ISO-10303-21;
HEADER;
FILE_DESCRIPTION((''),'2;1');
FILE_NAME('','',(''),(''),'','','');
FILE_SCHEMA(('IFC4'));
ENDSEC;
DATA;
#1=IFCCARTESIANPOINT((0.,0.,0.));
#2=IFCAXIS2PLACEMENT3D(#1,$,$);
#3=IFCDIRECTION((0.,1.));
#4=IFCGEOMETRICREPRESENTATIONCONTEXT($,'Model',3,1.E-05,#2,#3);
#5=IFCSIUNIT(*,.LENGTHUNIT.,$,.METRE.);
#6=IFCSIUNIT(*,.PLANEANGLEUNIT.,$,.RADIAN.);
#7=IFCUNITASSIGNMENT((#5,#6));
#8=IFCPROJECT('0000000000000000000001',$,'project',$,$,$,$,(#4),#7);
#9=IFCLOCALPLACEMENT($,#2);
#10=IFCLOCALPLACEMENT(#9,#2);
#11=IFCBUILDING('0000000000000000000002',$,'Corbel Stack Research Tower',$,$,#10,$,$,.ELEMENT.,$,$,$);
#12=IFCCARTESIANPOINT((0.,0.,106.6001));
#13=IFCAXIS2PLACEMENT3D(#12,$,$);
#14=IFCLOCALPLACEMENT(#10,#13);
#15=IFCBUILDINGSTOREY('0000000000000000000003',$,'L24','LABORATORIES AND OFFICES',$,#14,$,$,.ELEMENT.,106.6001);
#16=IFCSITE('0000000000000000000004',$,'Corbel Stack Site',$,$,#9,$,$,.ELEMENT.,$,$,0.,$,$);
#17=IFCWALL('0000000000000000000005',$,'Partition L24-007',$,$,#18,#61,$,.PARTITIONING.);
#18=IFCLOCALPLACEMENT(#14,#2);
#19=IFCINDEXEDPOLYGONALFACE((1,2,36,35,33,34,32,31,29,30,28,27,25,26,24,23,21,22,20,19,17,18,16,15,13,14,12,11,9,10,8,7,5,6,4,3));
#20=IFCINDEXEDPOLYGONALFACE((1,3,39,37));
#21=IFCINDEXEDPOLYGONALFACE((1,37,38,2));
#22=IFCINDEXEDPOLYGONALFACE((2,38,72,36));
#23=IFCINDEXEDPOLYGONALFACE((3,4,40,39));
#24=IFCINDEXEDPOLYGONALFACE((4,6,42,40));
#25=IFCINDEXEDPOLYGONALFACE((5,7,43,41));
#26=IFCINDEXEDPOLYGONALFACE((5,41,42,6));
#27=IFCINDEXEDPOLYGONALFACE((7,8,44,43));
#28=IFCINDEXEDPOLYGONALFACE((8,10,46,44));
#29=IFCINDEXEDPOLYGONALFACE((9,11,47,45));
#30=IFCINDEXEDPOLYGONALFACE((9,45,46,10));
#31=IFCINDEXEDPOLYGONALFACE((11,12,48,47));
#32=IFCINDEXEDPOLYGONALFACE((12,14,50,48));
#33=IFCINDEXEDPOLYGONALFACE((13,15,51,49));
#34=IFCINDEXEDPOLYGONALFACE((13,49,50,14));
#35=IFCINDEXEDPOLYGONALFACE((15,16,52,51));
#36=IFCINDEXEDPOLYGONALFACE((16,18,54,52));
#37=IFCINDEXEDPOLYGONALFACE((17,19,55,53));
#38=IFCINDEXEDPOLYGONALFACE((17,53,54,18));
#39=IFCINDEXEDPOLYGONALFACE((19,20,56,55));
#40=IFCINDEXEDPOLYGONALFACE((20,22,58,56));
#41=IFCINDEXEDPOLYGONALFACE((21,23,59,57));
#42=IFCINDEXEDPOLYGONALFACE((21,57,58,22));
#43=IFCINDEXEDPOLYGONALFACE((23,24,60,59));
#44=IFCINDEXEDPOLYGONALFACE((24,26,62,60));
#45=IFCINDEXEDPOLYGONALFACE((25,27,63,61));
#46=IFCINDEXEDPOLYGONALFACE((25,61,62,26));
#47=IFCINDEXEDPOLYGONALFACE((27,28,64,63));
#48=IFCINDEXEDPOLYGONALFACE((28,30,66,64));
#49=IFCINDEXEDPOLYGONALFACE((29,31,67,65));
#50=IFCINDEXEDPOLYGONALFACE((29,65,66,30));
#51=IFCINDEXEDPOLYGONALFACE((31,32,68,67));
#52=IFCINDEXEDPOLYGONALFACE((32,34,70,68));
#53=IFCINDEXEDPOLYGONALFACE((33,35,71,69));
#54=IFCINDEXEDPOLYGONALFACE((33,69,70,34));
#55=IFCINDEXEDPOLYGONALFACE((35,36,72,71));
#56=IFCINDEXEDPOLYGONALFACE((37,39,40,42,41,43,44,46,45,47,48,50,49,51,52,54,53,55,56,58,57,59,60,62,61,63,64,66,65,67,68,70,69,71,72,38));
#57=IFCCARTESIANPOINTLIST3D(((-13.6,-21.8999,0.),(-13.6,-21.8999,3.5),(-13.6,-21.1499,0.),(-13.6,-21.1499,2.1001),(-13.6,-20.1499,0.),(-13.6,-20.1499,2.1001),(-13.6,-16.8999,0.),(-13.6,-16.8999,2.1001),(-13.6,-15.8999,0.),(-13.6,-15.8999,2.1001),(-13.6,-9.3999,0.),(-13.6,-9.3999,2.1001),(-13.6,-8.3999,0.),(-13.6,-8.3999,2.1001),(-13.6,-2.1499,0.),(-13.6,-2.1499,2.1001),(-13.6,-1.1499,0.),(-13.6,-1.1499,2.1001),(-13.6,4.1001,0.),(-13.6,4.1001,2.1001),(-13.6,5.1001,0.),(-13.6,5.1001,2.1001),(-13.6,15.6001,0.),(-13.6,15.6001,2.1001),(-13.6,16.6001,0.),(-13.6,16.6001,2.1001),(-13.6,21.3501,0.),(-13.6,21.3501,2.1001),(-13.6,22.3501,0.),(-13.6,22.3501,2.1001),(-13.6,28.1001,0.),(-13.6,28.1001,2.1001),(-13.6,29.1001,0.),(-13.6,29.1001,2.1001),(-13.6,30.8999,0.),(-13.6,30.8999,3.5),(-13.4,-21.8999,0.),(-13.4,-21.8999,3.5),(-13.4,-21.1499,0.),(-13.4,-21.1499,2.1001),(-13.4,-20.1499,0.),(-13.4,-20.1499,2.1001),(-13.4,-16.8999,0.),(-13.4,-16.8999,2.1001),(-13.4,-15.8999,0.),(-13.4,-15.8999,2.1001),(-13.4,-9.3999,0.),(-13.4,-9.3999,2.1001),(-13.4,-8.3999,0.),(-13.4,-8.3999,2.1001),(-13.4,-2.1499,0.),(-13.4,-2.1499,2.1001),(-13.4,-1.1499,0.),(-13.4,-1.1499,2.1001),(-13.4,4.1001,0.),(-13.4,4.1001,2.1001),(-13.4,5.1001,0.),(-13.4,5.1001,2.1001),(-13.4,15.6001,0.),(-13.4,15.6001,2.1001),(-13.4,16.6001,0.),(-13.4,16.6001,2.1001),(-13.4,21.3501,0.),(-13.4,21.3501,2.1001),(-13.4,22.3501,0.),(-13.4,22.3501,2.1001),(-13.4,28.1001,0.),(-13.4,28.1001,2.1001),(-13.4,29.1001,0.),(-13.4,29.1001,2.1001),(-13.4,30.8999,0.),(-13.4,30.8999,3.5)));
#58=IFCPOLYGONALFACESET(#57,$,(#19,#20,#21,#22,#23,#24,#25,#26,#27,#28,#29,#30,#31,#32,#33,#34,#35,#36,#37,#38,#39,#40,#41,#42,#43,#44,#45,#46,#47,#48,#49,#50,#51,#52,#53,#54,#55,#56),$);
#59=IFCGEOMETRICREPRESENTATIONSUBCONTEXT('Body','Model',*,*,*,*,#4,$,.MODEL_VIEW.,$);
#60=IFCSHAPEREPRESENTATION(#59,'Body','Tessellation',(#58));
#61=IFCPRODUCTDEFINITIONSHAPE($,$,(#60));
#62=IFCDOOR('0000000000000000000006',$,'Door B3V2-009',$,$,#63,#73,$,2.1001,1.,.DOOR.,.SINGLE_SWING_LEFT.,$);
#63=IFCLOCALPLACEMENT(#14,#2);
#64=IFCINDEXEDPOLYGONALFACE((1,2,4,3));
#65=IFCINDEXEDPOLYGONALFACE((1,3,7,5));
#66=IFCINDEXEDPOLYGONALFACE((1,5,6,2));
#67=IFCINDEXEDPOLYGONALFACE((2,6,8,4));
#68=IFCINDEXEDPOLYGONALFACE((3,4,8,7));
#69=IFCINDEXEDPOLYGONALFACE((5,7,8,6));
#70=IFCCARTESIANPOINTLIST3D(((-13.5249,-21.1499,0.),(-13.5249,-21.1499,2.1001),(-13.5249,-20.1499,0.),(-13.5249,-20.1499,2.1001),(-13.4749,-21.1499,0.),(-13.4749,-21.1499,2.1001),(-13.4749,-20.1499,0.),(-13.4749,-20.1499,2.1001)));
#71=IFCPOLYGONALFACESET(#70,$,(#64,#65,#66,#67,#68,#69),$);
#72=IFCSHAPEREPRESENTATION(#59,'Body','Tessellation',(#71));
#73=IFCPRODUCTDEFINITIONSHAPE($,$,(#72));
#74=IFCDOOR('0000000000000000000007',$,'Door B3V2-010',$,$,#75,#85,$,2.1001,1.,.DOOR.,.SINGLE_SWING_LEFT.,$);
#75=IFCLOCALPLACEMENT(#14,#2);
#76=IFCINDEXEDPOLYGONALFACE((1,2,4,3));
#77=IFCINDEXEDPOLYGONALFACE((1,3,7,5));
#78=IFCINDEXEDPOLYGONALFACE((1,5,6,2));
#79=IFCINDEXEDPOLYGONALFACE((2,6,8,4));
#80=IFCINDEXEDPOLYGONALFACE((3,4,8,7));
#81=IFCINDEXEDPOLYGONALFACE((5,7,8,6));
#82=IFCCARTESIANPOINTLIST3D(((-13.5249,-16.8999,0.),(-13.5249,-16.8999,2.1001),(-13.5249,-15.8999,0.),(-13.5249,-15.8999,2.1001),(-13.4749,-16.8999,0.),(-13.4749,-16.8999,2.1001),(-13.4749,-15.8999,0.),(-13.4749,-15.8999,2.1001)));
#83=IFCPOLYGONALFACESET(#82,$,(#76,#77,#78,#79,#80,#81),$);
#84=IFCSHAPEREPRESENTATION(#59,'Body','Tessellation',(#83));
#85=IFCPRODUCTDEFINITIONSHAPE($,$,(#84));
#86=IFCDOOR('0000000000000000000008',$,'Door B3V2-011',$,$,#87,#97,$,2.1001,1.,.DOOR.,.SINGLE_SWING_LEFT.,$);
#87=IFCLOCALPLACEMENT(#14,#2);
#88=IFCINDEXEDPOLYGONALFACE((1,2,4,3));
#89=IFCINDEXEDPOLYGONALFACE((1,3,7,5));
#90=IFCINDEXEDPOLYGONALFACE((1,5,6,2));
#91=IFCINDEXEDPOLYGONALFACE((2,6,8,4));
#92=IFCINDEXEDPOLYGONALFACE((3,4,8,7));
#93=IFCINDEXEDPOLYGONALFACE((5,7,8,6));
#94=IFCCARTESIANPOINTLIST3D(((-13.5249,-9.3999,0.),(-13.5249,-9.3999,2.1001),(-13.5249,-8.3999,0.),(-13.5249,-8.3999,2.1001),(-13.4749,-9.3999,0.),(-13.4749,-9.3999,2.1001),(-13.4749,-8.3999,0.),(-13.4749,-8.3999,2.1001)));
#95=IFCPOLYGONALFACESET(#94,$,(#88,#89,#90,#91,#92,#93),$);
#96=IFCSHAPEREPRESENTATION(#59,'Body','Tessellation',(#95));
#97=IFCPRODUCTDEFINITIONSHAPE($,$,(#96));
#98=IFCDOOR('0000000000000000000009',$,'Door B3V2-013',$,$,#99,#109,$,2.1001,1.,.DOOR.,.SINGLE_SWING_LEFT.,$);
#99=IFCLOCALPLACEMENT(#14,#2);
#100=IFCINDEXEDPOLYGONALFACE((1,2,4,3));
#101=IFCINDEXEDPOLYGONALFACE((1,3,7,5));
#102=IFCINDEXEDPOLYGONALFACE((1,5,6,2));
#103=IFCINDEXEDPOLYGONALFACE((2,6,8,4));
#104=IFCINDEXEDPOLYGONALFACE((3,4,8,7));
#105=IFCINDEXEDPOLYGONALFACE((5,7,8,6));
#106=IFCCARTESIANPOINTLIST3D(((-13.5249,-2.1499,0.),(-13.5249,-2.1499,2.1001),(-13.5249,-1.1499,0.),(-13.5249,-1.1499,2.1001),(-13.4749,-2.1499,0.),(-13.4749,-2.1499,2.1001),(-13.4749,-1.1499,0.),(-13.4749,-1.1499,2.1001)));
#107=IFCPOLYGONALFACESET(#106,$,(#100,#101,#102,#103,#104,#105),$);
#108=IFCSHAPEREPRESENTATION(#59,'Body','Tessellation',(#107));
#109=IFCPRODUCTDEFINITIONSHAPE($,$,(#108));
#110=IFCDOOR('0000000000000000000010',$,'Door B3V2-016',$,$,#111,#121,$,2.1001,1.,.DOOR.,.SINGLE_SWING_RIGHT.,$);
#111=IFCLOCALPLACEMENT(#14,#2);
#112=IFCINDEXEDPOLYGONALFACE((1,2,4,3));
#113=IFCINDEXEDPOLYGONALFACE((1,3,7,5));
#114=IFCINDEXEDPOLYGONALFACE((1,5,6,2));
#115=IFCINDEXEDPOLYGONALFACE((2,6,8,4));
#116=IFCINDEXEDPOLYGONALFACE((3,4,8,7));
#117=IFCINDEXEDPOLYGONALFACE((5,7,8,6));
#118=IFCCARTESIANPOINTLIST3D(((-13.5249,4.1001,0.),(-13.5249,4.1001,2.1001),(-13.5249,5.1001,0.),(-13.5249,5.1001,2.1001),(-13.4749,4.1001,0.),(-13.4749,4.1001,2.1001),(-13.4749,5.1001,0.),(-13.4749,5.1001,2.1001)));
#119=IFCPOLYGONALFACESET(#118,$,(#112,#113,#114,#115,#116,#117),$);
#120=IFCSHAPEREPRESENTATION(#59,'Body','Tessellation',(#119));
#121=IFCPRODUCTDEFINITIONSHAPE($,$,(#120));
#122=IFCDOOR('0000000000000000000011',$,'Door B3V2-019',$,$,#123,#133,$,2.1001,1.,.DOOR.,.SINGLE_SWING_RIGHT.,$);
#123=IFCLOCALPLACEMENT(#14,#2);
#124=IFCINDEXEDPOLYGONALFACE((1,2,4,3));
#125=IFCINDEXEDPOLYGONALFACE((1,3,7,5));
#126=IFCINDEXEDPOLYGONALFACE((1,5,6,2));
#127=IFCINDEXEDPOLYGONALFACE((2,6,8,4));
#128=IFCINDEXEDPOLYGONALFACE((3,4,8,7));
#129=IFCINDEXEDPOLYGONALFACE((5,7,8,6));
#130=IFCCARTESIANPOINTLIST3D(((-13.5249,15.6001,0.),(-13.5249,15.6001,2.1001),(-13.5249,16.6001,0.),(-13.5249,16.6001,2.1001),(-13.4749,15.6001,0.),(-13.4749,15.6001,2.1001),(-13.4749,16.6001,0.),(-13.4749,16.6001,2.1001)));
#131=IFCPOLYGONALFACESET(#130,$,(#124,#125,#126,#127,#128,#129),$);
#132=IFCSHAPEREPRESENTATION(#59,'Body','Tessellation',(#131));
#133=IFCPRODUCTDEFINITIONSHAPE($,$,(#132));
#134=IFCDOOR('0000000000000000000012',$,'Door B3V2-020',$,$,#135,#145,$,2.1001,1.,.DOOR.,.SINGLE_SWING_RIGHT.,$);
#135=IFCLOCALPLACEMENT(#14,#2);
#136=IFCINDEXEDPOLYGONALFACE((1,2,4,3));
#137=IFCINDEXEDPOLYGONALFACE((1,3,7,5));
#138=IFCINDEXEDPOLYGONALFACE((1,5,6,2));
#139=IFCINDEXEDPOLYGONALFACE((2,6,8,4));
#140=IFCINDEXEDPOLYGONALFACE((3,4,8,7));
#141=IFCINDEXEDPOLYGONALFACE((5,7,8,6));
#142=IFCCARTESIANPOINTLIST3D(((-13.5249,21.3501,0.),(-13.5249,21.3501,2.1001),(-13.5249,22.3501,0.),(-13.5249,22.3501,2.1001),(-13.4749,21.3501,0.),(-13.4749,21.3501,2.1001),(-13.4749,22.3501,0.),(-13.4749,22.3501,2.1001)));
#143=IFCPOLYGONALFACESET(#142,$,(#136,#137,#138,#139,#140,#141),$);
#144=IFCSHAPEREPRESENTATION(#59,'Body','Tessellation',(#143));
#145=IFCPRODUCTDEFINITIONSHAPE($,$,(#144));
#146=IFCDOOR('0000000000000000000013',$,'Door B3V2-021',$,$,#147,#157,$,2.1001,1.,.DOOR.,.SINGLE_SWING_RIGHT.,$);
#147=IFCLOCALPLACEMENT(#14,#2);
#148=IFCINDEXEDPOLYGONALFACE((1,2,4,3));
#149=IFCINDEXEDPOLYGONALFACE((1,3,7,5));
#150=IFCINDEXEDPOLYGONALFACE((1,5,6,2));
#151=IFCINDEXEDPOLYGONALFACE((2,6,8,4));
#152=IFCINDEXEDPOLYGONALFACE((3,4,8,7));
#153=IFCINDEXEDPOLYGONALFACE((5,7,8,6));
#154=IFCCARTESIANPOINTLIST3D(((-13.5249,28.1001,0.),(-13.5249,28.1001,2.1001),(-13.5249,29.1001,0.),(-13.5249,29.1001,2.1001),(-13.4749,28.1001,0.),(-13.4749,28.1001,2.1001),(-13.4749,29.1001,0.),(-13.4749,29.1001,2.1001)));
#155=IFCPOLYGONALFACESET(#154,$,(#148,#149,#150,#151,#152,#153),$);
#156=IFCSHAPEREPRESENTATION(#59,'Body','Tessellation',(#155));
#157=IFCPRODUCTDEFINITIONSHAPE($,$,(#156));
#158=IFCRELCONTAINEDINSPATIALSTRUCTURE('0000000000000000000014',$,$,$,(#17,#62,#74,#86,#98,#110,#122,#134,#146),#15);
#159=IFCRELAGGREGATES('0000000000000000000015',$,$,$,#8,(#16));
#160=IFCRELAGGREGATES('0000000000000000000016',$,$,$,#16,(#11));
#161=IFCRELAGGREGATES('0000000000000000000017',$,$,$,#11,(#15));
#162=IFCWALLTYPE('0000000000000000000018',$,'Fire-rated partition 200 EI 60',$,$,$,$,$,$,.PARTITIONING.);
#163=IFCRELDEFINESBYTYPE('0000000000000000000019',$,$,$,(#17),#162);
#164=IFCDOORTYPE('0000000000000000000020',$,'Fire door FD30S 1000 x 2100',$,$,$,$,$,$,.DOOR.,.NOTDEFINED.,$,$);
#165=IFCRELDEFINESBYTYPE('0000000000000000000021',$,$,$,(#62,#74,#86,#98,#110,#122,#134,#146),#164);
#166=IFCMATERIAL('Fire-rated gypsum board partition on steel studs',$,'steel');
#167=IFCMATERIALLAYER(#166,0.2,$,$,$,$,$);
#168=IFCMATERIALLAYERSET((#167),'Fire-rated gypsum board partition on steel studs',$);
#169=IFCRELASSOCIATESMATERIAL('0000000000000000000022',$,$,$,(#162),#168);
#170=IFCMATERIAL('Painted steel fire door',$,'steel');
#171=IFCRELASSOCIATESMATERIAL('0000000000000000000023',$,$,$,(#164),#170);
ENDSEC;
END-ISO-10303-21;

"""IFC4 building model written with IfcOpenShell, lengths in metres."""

from ifc_helpers import new_model, si_unit, direction, frame, frame_2d, origin, place, context, subcontext, project, spatial, rectangle, extrude, material, layer, layer_set, type_object, element, fill, save


model = new_model("IFC4")

# Units and contexts
model_context = context("Model", 3, precision=1e-05, world=origin(), true_north=direction((0.0, 1.0)))
body_context = subcontext(model_context, "Body", "Model", "MODEL_VIEW")
ifc_project = project(units=[si_unit("LENGTHUNIT", "METRE"), si_unit("PLANEANGLEUNIT", "RADIAN")], contexts=[model_context])

# Site, building, storey
site_placement = place(None, origin())
site = spatial("IfcSite", under=ifc_project, at=site_placement, Name="Corbel Stack Site", CompositionType="ELEMENT", RefElevation=0.0)
building_placement = place(site_placement, origin())
building = spatial("IfcBuilding", under=site, at=building_placement, Name="Corbel Stack Research Tower", CompositionType="ELEMENT")
storey_placement = place(building_placement, frame((0.0, 0.0, 106.6001)))
storey = spatial("IfcBuildingStorey", under=building, at=storey_placement, Name="L24", Description="LABORATORIES AND OFFICES", CompositionType="ELEMENT", Elevation=106.6001)

# Wall, openings, doors
ifc_material_1 = material(Name="Fire-rated gypsum board partition on steel studs", Category="steel")
ifc_layer_1 = layer(ifc_material_1, 0.2)
ifc_layer_set_1 = layer_set([ifc_layer_1], Name="Fire-rated gypsum board partition on steel studs")
wall_type_1 = type_object("IfcWallType", Name="Fire-rated partition 200 EI 60", PredefinedType="PARTITIONING", material=ifc_layer_set_1)
wall_1_placement = place(storey_placement, frame((-13.5, -21.8999, 0.0), z_axis=(0.0, 0.0, 1.0), x_axis=(0.0, 1.0, 0.0)))
wall_1 = element("IfcWall", 1, at=wall_1_placement, inside=storey, type_object=wall_type_1, Name="Partition L24-007", PredefinedType="PARTITIONING", context=body_context, shape_type="SweptSolid", body=[
    extrude(rectangle(XDim=52.7998, YDim=0.2, at=frame_2d((26.3999, 0.0))), origin(), (0.0, 0.0, 1.0), 3.5),
])
opening_1_placement = place(wall_1_placement, frame((0.75, 0.0, 0.0)))
opening_1 = element("IfcOpeningElement", 2, at=opening_1_placement, cuts=wall_1, PredefinedType="OPENING", context=body_context, shape_type="SweptSolid", body=[
    extrude(rectangle(XDim=1.0, YDim=2.1001, at=frame_2d((0.5, 1.05))), frame((0.0, 0.1099, 0.0), z_axis=(0.0, -1.0, 0.0), x_axis=(1.0, 0.0, 0.0)), (0.0, 0.0, 1.0), 0.22),
])
opening_2_placement = place(wall_1_placement, frame((5.0, 0.0, 0.0)))
opening_2 = element("IfcOpeningElement", 3, at=opening_2_placement, cuts=wall_1, PredefinedType="OPENING", context=body_context, shape_type="SweptSolid", body=[
    extrude(rectangle(XDim=1.0, YDim=2.1001, at=frame_2d((0.5, 1.05))), frame((0.0, 0.1099, 0.0), z_axis=(0.0, -1.0, 0.0), x_axis=(1.0, 0.0, 0.0)), (0.0, 0.0, 1.0), 0.22),
])
opening_3_placement = place(wall_1_placement, frame((12.5, 0.0, 0.0)))
opening_3 = element("IfcOpeningElement", 4, at=opening_3_placement, cuts=wall_1, PredefinedType="OPENING", context=body_context, shape_type="SweptSolid", body=[
    extrude(rectangle(XDim=1.0, YDim=2.1001, at=frame_2d((0.5, 1.05))), frame((0.0, 0.1099, 0.0), z_axis=(0.0, -1.0, 0.0), x_axis=(1.0, 0.0, 0.0)), (0.0, 0.0, 1.0), 0.22),
])
opening_4_placement = place(wall_1_placement, frame((19.75, 0.0, 0.0)))
opening_4 = element("IfcOpeningElement", 5, at=opening_4_placement, cuts=wall_1, PredefinedType="OPENING", context=body_context, shape_type="SweptSolid", body=[
    extrude(rectangle(XDim=1.0, YDim=2.1001, at=frame_2d((0.5, 1.05))), frame((0.0, 0.1099, 0.0), z_axis=(0.0, -1.0, 0.0), x_axis=(1.0, 0.0, 0.0)), (0.0, 0.0, 1.0), 0.22),
])
opening_5_placement = place(wall_1_placement, frame((26.0, 0.0, 0.0)))
opening_5 = element("IfcOpeningElement", 6, at=opening_5_placement, cuts=wall_1, PredefinedType="OPENING", context=body_context, shape_type="SweptSolid", body=[
    extrude(rectangle(XDim=1.0, YDim=2.1001, at=frame_2d((0.5, 1.05))), frame((0.0, 0.1099, 0.0), z_axis=(0.0, -1.0, 0.0), x_axis=(1.0, 0.0, 0.0)), (0.0, 0.0, 1.0), 0.22),
])
opening_6_placement = place(wall_1_placement, frame((37.5, 0.0, 0.0)))
opening_6 = element("IfcOpeningElement", 7, at=opening_6_placement, cuts=wall_1, PredefinedType="OPENING", context=body_context, shape_type="SweptSolid", body=[
    extrude(rectangle(XDim=1.0, YDim=2.1001, at=frame_2d((0.5, 1.05))), frame((0.0, 0.1099, 0.0), z_axis=(0.0, -1.0, 0.0), x_axis=(1.0, 0.0, 0.0)), (0.0, 0.0, 1.0), 0.22),
])
opening_7_placement = place(wall_1_placement, frame((43.25, 0.0, 0.0)))
opening_7 = element("IfcOpeningElement", 8, at=opening_7_placement, cuts=wall_1, PredefinedType="OPENING", context=body_context, shape_type="SweptSolid", body=[
    extrude(rectangle(XDim=1.0, YDim=2.1001, at=frame_2d((0.5, 1.05))), frame((0.0, 0.1099, 0.0), z_axis=(0.0, -1.0, 0.0), x_axis=(1.0, 0.0, 0.0)), (0.0, 0.0, 1.0), 0.22),
])
opening_8_placement = place(wall_1_placement, frame((50.0, 0.0, 0.0)))
opening_8 = element("IfcOpeningElement", 9, at=opening_8_placement, cuts=wall_1, PredefinedType="OPENING", context=body_context, shape_type="SweptSolid", body=[
    extrude(rectangle(XDim=1.0, YDim=2.1001, at=frame_2d((0.5, 1.05))), frame((0.0, 0.1099, 0.0), z_axis=(0.0, -1.0, 0.0), x_axis=(1.0, 0.0, 0.0)), (0.0, 0.0, 1.0), 0.22),
])
ifc_material_2 = material(Name="Painted steel fire door", Category="steel")
door_type_1 = type_object("IfcDoorType", Name="Fire door FD30S 1000 x 2100", OperationType="NOTDEFINED", PredefinedType="DOOR", material=ifc_material_2)
door_1_placement = place(opening_1_placement, origin())
door_1 = element("IfcDoor", 10, at=door_1_placement, inside=storey, type_object=door_type_1, Name="Door B3V2-009", OperationType="SINGLE_SWING_LEFT", OverallHeight=2.1001, OverallWidth=1.0, PredefinedType="DOOR", context=body_context, shape_type="SweptSolid", body=[
    extrude(rectangle(XDim=1.0, YDim=2.1001, at=frame_2d((0.5, 1.05))), frame((0.0, 0.0249, 0.0), z_axis=(0.0, -1.0, 0.0), x_axis=(1.0, 0.0, 0.0)), (0.0, 0.0, 1.0), 0.05),
])
fill(opening_1, door_1)
door_2_placement = place(opening_2_placement, origin())
door_2 = element("IfcDoor", 11, at=door_2_placement, inside=storey, type_object=door_type_1, Name="Door B3V2-010", OperationType="SINGLE_SWING_LEFT", OverallHeight=2.1001, OverallWidth=1.0, PredefinedType="DOOR", context=body_context, shape_type="SweptSolid", body=[
    extrude(rectangle(XDim=1.0, YDim=2.1001, at=frame_2d((0.5, 1.05))), frame((0.0, 0.0249, 0.0), z_axis=(0.0, -1.0, 0.0), x_axis=(1.0, 0.0, 0.0)), (0.0, 0.0, 1.0), 0.05),
])
fill(opening_2, door_2)
door_3_placement = place(opening_3_placement, origin())
door_3 = element("IfcDoor", 12, at=door_3_placement, inside=storey, type_object=door_type_1, Name="Door B3V2-011", OperationType="SINGLE_SWING_LEFT", OverallHeight=2.1001, OverallWidth=1.0, PredefinedType="DOOR", context=body_context, shape_type="SweptSolid", body=[
    extrude(rectangle(XDim=1.0, YDim=2.1001, at=frame_2d((0.5, 1.05))), frame((0.0, 0.0249, 0.0), z_axis=(0.0, -1.0, 0.0), x_axis=(1.0, 0.0, 0.0)), (0.0, 0.0, 1.0), 0.05),
])
fill(opening_3, door_3)
door_4_placement = place(opening_4_placement, origin())
door_4 = element("IfcDoor", 13, at=door_4_placement, inside=storey, type_object=door_type_1, Name="Door B3V2-013", OperationType="SINGLE_SWING_LEFT", OverallHeight=2.1001, OverallWidth=1.0, PredefinedType="DOOR", context=body_context, shape_type="SweptSolid", body=[
    extrude(rectangle(XDim=1.0, YDim=2.1001, at=frame_2d((0.5, 1.05))), frame((0.0, 0.0249, 0.0), z_axis=(0.0, -1.0, 0.0), x_axis=(1.0, 0.0, 0.0)), (0.0, 0.0, 1.0), 0.05),
])
fill(opening_4, door_4)
door_5_placement = place(opening_5_placement, origin())
door_5 = element("IfcDoor", 14, at=door_5_placement, inside=storey, type_object=door_type_1, Name="Door B3V2-016", OperationType="SINGLE_SWING_RIGHT", OverallHeight=2.1001, OverallWidth=1.0, PredefinedType="DOOR", context=body_context, shape_type="SweptSolid", body=[
    extrude(rectangle(XDim=1.0, YDim=2.1001, at=frame_2d((0.5, 1.05))), frame((0.0, 0.0249, 0.0), z_axis=(0.0, -1.0, 0.0), x_axis=(1.0, 0.0, 0.0)), (0.0, 0.0, 1.0), 0.05),
])
fill(opening_5, door_5)
door_6_placement = place(opening_6_placement, origin())
door_6 = element("IfcDoor", 15, at=door_6_placement, inside=storey, type_object=door_type_1, Name="Door B3V2-019", OperationType="SINGLE_SWING_RIGHT", OverallHeight=2.1001, OverallWidth=1.0, PredefinedType="DOOR", context=body_context, shape_type="SweptSolid", body=[
    extrude(rectangle(XDim=1.0, YDim=2.1001, at=frame_2d((0.5, 1.05))), frame((0.0, 0.0249, 0.0), z_axis=(0.0, -1.0, 0.0), x_axis=(1.0, 0.0, 0.0)), (0.0, 0.0, 1.0), 0.05),
])
fill(opening_6, door_6)
door_7_placement = place(opening_7_placement, origin())
door_7 = element("IfcDoor", 16, at=door_7_placement, inside=storey, type_object=door_type_1, Name="Door B3V2-020", OperationType="SINGLE_SWING_RIGHT", OverallHeight=2.1001, OverallWidth=1.0, PredefinedType="DOOR", context=body_context, shape_type="SweptSolid", body=[
    extrude(rectangle(XDim=1.0, YDim=2.1001, at=frame_2d((0.5, 1.05))), frame((0.0, 0.0249, 0.0), z_axis=(0.0, -1.0, 0.0), x_axis=(1.0, 0.0, 0.0)), (0.0, 0.0, 1.0), 0.05),
])
fill(opening_7, door_7)
door_8_placement = place(opening_8_placement, origin())
door_8 = element("IfcDoor", 17, at=door_8_placement, inside=storey, type_object=door_type_1, Name="Door B3V2-021", OperationType="SINGLE_SWING_RIGHT", OverallHeight=2.1001, OverallWidth=1.0, PredefinedType="DOOR", context=body_context, shape_type="SweptSolid", body=[
    extrude(rectangle(XDim=1.0, YDim=2.1001, at=frame_2d((0.5, 1.05))), frame((0.0, 0.0249, 0.0), z_axis=(0.0, -1.0, 0.0), x_axis=(1.0, 0.0, 0.0)), (0.0, 0.0, 1.0), 0.05),
])
fill(opening_8, door_8)

save(model, "model.ifc")
